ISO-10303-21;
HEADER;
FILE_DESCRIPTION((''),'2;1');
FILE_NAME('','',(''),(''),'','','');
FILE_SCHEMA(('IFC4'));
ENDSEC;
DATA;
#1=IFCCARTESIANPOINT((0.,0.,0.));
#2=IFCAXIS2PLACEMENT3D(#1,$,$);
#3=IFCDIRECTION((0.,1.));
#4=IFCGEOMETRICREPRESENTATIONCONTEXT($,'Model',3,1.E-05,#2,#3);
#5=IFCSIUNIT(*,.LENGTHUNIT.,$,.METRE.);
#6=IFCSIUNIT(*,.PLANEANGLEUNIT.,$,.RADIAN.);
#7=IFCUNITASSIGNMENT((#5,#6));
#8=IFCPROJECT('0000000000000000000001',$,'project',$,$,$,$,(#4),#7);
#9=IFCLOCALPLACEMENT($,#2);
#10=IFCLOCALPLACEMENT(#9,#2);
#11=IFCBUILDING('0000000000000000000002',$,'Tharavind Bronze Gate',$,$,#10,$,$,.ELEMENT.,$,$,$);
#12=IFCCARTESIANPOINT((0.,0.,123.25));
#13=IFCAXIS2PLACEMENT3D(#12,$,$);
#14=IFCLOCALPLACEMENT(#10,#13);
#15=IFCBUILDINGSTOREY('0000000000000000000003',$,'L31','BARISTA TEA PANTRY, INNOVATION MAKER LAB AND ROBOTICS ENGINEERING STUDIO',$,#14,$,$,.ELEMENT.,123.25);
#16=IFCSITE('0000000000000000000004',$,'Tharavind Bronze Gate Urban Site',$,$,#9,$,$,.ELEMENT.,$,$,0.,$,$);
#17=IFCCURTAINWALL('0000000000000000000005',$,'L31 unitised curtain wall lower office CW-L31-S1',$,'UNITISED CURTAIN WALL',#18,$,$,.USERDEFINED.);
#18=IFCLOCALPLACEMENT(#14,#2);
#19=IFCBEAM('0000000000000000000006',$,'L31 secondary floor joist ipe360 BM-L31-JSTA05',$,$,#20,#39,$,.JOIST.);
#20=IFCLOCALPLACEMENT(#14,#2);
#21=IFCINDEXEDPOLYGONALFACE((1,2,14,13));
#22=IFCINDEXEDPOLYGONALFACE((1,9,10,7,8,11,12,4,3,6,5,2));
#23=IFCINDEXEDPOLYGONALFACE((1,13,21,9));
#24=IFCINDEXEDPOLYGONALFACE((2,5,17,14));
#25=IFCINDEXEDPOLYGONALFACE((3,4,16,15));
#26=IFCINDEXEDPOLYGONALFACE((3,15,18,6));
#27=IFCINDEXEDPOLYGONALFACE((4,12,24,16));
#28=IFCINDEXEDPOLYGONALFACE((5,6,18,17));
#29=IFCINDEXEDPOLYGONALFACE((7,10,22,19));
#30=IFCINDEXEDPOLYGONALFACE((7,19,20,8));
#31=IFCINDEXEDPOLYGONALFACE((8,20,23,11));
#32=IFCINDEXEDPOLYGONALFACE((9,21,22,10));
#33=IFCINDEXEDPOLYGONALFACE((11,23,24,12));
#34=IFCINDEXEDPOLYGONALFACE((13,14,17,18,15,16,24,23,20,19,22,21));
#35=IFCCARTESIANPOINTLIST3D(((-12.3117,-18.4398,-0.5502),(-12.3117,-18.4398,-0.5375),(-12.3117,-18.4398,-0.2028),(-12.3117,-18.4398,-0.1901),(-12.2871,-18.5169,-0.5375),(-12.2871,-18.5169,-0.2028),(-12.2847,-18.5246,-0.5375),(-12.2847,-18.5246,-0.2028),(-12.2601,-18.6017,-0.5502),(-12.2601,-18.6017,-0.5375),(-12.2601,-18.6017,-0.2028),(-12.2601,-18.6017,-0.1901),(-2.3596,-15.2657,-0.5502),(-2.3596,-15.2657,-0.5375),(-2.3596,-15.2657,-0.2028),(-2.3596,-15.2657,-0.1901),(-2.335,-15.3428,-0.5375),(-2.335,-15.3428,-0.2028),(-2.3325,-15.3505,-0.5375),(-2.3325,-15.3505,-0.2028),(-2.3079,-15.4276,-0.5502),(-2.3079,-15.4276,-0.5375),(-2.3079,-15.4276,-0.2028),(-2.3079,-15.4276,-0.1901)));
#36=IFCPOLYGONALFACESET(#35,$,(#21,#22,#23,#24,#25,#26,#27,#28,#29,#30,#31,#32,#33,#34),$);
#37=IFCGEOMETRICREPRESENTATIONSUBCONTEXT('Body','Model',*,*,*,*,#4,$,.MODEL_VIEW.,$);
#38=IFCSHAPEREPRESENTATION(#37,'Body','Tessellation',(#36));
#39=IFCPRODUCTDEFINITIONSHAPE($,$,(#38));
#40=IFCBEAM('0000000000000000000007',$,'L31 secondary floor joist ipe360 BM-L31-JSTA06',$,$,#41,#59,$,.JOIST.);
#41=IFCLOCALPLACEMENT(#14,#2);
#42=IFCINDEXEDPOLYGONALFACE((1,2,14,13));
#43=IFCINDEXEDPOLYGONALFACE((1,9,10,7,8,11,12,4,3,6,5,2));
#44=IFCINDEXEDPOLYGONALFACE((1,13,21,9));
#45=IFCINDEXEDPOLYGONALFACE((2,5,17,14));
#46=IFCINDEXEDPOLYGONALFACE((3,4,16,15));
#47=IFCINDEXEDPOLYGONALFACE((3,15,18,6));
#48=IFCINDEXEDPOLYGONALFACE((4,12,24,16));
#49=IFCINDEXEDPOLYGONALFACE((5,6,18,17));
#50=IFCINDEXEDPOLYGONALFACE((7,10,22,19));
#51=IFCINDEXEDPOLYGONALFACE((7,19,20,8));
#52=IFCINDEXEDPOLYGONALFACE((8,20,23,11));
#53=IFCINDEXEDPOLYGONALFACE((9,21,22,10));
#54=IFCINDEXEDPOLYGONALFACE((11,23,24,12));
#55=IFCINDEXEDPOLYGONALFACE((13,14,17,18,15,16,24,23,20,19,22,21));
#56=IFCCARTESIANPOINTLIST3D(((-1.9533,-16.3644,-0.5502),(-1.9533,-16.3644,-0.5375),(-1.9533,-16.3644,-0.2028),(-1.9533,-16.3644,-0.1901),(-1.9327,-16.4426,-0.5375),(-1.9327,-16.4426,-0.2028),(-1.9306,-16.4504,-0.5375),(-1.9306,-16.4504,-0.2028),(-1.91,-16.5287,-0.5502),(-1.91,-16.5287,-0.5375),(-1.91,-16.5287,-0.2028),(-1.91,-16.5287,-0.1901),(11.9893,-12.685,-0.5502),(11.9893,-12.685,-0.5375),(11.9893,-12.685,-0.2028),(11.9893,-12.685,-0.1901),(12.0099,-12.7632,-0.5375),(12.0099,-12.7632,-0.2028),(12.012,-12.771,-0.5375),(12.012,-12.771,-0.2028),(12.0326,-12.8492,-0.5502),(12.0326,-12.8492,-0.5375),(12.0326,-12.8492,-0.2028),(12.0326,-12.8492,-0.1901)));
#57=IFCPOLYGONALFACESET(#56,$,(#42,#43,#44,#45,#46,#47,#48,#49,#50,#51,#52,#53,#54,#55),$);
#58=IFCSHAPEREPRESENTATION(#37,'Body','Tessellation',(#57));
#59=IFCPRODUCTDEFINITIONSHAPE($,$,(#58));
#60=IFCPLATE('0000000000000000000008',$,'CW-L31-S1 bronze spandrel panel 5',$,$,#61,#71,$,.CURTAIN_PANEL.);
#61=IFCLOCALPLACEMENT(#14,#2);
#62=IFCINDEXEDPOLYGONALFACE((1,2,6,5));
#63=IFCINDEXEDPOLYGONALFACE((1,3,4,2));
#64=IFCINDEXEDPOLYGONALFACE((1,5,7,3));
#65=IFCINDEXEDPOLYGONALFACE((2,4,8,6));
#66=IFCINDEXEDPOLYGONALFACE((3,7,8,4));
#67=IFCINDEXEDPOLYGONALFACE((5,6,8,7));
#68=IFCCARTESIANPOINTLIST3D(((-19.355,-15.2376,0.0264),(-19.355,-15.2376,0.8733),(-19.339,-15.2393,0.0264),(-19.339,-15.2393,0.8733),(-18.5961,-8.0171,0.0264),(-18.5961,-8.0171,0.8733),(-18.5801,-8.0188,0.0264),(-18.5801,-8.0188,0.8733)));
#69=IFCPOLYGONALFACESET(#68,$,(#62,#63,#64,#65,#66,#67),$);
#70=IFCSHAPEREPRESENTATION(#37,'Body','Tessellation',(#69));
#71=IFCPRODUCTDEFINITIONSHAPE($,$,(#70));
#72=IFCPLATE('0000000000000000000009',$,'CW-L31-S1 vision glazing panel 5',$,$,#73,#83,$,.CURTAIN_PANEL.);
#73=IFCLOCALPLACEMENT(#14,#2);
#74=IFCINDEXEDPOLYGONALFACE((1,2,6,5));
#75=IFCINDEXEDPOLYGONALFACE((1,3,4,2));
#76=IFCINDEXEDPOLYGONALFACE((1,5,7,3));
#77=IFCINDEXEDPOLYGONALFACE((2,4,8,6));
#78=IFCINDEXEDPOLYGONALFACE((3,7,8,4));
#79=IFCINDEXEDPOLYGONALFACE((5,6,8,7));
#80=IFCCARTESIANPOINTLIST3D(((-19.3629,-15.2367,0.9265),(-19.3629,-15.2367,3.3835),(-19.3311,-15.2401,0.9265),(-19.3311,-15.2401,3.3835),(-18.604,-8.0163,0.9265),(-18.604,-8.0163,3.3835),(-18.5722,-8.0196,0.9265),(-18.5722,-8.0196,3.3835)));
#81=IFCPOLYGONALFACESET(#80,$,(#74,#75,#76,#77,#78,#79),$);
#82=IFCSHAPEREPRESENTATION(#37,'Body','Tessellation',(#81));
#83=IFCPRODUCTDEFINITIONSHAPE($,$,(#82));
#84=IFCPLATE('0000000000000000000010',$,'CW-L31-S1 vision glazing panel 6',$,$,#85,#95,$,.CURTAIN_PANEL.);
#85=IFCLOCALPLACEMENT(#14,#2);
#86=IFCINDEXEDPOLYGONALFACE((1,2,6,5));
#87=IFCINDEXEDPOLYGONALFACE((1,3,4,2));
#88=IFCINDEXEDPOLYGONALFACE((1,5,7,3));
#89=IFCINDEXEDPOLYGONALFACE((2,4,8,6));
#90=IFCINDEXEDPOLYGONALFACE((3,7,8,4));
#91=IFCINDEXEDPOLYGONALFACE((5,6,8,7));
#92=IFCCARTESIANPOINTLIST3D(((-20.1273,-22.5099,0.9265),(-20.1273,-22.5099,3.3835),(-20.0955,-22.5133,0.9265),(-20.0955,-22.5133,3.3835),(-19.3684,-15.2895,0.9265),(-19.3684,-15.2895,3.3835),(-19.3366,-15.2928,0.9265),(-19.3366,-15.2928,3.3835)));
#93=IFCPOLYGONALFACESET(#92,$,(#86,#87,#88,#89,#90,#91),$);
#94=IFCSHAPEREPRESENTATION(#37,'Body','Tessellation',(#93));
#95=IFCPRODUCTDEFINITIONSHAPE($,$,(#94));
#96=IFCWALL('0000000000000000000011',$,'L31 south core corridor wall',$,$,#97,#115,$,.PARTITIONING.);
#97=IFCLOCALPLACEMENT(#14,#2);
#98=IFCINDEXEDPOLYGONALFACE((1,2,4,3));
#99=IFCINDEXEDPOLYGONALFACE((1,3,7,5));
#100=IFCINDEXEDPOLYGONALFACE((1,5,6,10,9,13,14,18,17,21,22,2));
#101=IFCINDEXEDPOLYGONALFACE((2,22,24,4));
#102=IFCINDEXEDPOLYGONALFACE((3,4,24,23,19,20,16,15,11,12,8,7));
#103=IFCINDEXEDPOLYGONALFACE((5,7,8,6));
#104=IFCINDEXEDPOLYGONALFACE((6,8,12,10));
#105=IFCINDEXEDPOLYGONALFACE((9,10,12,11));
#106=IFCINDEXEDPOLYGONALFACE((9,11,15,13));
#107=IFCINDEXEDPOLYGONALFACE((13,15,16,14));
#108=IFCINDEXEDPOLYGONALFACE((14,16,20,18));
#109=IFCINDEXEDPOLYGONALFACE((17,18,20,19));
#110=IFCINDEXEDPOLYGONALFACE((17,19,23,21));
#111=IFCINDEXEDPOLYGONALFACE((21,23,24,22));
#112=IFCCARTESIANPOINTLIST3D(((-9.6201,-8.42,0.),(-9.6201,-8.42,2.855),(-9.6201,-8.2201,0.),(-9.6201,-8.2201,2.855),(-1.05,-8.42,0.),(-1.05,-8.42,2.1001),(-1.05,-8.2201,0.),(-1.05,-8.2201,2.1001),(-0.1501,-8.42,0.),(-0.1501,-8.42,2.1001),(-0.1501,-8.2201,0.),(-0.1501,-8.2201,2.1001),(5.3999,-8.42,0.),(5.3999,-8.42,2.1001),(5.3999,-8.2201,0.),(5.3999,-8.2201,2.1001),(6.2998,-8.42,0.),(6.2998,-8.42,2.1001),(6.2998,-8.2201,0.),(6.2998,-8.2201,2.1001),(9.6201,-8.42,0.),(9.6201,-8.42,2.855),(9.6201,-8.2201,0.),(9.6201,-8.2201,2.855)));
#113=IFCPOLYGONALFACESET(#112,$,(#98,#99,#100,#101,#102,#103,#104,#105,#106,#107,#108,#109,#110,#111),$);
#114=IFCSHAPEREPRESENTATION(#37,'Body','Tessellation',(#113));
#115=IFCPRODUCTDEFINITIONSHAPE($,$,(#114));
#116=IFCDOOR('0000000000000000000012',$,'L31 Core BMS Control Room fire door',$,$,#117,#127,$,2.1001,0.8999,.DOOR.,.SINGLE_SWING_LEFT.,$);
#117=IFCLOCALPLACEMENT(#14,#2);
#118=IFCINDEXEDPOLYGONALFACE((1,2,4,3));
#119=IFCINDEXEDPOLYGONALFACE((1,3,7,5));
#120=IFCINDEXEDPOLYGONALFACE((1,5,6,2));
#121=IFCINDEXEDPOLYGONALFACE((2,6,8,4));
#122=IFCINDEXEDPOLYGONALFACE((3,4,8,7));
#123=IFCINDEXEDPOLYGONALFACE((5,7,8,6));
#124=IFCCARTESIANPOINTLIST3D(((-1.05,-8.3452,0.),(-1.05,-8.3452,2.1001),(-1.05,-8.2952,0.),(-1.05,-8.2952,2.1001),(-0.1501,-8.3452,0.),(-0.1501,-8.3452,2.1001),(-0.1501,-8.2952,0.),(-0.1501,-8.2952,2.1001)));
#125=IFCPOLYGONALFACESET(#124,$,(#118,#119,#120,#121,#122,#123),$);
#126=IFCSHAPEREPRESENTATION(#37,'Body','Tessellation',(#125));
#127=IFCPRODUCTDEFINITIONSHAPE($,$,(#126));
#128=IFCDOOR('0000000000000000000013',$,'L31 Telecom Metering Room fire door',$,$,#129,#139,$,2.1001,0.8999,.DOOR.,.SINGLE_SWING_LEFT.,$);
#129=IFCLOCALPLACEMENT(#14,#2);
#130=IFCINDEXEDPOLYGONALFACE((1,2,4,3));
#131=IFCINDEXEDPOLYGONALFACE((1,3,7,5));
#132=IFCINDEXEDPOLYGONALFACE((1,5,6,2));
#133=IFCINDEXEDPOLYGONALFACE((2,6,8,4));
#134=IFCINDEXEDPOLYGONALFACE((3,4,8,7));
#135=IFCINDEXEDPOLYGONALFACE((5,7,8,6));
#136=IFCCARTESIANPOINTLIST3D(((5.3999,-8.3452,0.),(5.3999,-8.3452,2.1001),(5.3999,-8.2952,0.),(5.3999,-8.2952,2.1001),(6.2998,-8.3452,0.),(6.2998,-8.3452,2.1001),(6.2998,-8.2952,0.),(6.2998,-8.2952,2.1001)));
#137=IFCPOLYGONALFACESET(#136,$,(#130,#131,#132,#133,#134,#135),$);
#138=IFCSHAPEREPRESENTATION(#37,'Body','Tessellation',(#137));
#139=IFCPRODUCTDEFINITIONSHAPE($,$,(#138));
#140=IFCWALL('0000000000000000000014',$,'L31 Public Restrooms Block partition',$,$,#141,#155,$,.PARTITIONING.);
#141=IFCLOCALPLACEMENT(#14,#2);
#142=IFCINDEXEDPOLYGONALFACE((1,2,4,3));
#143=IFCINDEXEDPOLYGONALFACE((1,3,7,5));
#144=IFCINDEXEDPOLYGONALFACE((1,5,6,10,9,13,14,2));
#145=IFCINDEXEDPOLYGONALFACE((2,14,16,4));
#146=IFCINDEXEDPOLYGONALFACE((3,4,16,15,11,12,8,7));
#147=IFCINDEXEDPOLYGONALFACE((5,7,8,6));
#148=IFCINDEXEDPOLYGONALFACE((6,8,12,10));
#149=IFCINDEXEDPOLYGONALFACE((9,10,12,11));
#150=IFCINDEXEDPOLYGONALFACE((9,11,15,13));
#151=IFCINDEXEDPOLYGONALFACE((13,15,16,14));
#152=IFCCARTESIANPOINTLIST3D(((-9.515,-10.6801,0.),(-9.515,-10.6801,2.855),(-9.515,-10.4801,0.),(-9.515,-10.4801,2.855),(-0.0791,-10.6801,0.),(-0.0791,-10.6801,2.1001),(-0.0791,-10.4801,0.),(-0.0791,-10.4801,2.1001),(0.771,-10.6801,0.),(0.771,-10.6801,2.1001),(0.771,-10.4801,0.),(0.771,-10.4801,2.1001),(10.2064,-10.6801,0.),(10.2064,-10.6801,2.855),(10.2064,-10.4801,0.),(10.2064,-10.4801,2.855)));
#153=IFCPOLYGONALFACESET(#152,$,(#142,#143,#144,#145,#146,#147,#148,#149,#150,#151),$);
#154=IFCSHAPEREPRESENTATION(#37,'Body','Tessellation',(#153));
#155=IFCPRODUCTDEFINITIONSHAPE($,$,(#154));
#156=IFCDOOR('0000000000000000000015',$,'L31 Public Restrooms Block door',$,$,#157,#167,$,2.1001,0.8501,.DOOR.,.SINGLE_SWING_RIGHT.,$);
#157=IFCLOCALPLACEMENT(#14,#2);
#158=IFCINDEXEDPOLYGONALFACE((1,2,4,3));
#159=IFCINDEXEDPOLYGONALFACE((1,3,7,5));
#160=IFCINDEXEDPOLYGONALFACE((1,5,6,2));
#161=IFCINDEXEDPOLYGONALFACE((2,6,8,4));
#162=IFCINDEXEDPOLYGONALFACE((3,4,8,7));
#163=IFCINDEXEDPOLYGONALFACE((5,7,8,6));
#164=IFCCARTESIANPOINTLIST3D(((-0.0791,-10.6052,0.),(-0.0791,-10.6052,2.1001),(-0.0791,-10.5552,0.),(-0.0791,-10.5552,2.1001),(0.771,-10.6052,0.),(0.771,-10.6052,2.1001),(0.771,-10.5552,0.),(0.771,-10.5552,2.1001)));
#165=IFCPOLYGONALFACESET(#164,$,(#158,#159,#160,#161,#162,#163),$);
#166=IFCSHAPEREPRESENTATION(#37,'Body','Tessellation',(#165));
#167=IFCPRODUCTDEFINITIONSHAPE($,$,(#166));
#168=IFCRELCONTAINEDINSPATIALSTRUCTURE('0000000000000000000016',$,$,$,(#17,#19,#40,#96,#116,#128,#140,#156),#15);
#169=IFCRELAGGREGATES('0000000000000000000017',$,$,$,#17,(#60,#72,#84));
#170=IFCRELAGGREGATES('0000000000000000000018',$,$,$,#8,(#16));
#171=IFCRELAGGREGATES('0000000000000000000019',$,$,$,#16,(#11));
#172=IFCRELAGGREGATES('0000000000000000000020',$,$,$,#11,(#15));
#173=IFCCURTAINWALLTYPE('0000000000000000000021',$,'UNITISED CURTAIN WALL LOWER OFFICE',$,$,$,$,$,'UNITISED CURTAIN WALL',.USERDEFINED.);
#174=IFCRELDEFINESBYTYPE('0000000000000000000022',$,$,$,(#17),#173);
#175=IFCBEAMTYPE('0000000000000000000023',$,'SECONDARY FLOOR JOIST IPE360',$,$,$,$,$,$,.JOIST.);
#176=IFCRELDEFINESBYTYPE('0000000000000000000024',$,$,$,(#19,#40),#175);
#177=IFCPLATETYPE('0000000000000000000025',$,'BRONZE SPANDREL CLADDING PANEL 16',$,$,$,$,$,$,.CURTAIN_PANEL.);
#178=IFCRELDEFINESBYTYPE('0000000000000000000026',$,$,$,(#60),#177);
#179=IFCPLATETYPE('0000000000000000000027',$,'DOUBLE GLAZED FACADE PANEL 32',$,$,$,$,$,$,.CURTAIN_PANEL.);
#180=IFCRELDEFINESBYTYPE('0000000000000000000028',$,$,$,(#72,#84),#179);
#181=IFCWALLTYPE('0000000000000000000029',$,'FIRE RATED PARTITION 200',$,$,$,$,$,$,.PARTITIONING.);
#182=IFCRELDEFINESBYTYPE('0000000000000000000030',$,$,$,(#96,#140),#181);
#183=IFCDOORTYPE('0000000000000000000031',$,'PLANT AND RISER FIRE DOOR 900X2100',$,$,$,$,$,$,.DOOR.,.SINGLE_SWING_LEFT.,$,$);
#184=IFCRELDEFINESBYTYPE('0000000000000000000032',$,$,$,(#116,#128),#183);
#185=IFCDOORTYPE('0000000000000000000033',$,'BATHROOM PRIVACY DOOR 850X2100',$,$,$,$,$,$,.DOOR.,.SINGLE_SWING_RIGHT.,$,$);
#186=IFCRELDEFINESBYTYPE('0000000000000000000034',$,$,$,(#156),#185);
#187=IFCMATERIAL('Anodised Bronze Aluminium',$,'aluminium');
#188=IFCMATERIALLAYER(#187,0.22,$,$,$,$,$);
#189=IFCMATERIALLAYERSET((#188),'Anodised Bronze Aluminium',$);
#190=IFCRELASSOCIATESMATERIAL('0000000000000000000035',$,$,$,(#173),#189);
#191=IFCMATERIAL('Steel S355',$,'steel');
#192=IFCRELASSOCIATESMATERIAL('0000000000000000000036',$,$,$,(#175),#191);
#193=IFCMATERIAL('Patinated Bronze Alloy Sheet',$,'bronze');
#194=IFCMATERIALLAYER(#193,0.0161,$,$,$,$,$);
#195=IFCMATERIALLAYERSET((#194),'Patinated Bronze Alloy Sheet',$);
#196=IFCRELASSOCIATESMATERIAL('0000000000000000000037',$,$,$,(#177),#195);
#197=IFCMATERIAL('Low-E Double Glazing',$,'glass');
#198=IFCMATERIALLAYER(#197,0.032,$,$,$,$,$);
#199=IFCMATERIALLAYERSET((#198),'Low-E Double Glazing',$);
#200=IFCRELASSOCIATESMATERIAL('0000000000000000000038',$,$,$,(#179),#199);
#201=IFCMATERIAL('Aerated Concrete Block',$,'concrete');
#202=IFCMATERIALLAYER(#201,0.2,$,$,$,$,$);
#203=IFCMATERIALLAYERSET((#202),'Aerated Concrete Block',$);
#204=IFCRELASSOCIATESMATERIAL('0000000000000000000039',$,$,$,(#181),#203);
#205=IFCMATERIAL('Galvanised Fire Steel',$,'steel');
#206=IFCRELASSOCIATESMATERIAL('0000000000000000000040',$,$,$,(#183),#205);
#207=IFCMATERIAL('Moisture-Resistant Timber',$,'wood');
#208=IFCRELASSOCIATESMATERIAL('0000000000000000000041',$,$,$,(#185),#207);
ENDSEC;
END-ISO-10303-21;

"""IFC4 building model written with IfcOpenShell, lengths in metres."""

from ifc_helpers import new_model, si_unit, direction, frame, frame_2d, origin, origin_2d, place, context, subcontext, project, spatial, rectangle, i_section, extrude, material, layer, layer_set, material_profile, profile_set, type_object, element, fill, aggregate, save


model = new_model("IFC4")

# Units and contexts
model_context = context("Model", 3, precision=1e-05, world=origin(), true_north=direction((0.0, 1.0)))
body_context = subcontext(model_context, "Body", "Model", "MODEL_VIEW")
ifc_project = project(units=[si_unit("LENGTHUNIT", "METRE"), si_unit("PLANEANGLEUNIT", "RADIAN")], contexts=[model_context])

# Site, building, storey
site_placement = place(None, origin())
site = spatial("IfcSite", under=ifc_project, at=site_placement, Name="Tharavind Bronze Gate Urban Site", CompositionType="ELEMENT", RefElevation=0.0)
building_placement = place(site_placement, origin())
building = spatial("IfcBuilding", under=site, at=building_placement, Name="Tharavind Bronze Gate", CompositionType="ELEMENT")
storey_placement = place(building_placement, frame((0.0, 0.0, 123.25)))
storey = spatial("IfcBuildingStorey", under=building, at=storey_placement, Name="L31", Description="BARISTA TEA PANTRY, INNOVATION MAKER LAB AND ROBOTICS ENGINEERING STUDIO", CompositionType="ELEMENT", Elevation=123.25)

# Curtain wall
ifc_material_1 = material(Name="Anodised Bronze Aluminium", Category="aluminium")
ifc_layer_1 = layer(ifc_material_1, 0.22)
ifc_layer_set_1 = layer_set([ifc_layer_1], Name="Anodised Bronze Aluminium")
curtain_wall_type = type_object("IfcCurtainWallType", Name="UNITISED CURTAIN WALL LOWER OFFICE", ElementType="UNITISED CURTAIN WALL", PredefinedType="USERDEFINED", material=ifc_layer_set_1)
curtain_wall_placement = place(storey_placement, origin())
curtain_wall = element("IfcCurtainWall", 1, at=curtain_wall_placement, inside=storey, type_object=curtain_wall_type, Name="L31 unitised curtain wall lower office CW-L31-S1", ObjectType="UNITISED CURTAIN WALL", PredefinedType="USERDEFINED")

# Beams
ifc_material_2 = material(Name="Steel S355", Category="steel")
ifc_material_profile_1 = material_profile(ifc_material_2, i_section(OverallWidth=0.1699, OverallDepth=0.3601, WebThickness=0.0081, FlangeThickness=0.0127, at=origin_2d()), Name="IPE360")
ifc_profile_set_1 = profile_set([ifc_material_profile_1], Name="Steel S355")
beam_type_1 = type_object("IfcBeamType", Name="SECONDARY FLOOR JOIST IPE360", PredefinedType="JOIST", material=ifc_profile_set_1)
beam_1_placement = place(storey_placement, frame((-12.2859, -18.5208, -0.3701), z_axis=(0.952719, 0.303854, 0.0), x_axis=(-0.303854, 0.952719, 0.0)))
element("IfcBeam", 2, at=beam_1_placement, inside=storey, type_object=beam_type_1, Name="L31 secondary floor joist ipe360 BM-L31-JSTA05", PredefinedType="JOIST", context=body_context, shape_type="SweptSolid", body=[
    extrude(i_section(OverallWidth=0.1699, OverallDepth=0.3601, WebThickness=0.0081, FlangeThickness=0.0127, at=origin_2d()), origin(), (0.0, 0.0, 1.0), 10.446),
])
beam_2_placement = place(storey_placement, frame((-1.9316, -16.4465, -0.3701), z_axis=(0.966898, 0.255163, 0.0), x_axis=(-0.255163, 0.966898, 0.0)))
element("IfcBeam", 3, at=beam_2_placement, inside=storey, type_object=beam_type_1, Name="L31 secondary floor joist ipe360 BM-L31-JSTA06", PredefinedType="JOIST", context=body_context, shape_type="SweptSolid", body=[
    extrude(i_section(OverallWidth=0.1699, OverallDepth=0.3601, WebThickness=0.0081, FlangeThickness=0.0127, at=origin_2d()), origin(), (0.0, 0.0, 1.0), 14.4199),
])

# Plates
ifc_material_3 = material(Name="Patinated Bronze Alloy Sheet", Category="bronze")
ifc_layer_2 = layer(ifc_material_3, 0.0161)
ifc_layer_set_2 = layer_set([ifc_layer_2], Name="Patinated Bronze Alloy Sheet")
plate_type_1 = type_object("IfcPlateType", Name="BRONZE SPANDREL CLADDING PANEL 16", PredefinedType="CURTAIN_PANEL", material=ifc_layer_set_2)
plate_1_placement = place(storey_placement, frame((-18.9675, -11.6282, 0.0264), z_axis=(0.0, 0.0, 1.0), x_axis=(-0.104527, -0.994522, 0.0)))
plate_1 = element("IfcPlate", 4, at=plate_1_placement, type_object=plate_type_1, Name="CW-L31-S1 bronze spandrel panel 5", PredefinedType="CURTAIN_PANEL", context=body_context, shape_type="SweptSolid", body=[
    extrude(rectangle(XDim=7.2603, YDim=0.0161, at=origin_2d()), origin(), (0.0, 0.0, 1.0), 0.8469),
])
ifc_material_4 = material(Name="Low-E Double Glazing", Category="glass")
ifc_layer_3 = layer(ifc_material_4, 0.032)
ifc_layer_set_3 = layer_set([ifc_layer_3], Name="Low-E Double Glazing")
plate_type_2 = type_object("IfcPlateType", Name="DOUBLE GLAZED FACADE PANEL 32", PredefinedType="CURTAIN_PANEL", material=ifc_layer_set_3)
plate_2_placement = place(storey_placement, frame((-18.9675, -11.6282, 0.9265), z_axis=(0.0, 0.0, 1.0), x_axis=(-0.104527, -0.994522, 0.0)))
plate_2 = element("IfcPlate", 5, at=plate_2_placement, type_object=plate_type_2, Name="CW-L31-S1 vision glazing panel 5", PredefinedType="CURTAIN_PANEL", context=body_context, shape_type="SweptSolid", body=[
    extrude(rectangle(XDim=7.2603, YDim=0.032, at=origin_2d()), origin(), (0.0, 0.0, 1.0), 2.457),
])
plate_3_placement = place(storey_placement, frame((-19.7319, -18.9014, 0.9265), z_axis=(0.0, 0.0, 1.0), x_axis=(-0.104527, -0.994522, 0.0)))
plate_3 = element("IfcPlate", 6, at=plate_3_placement, type_object=plate_type_2, Name="CW-L31-S1 vision glazing panel 6", PredefinedType="CURTAIN_PANEL", context=body_context, shape_type="SweptSolid", body=[
    extrude(rectangle(XDim=7.2603, YDim=0.032, at=origin_2d()), origin(), (0.0, 0.0, 1.0), 2.457),
])
aggregate(curtain_wall, [plate_1, plate_2, plate_3])

# Wall, openings, doors
ifc_material_5 = material(Name="Aerated Concrete Block", Category="concrete")
ifc_layer_4 = layer(ifc_material_5, 0.2)
ifc_layer_set_4 = layer_set([ifc_layer_4], Name="Aerated Concrete Block")
wall_type = type_object("IfcWallType", Name="FIRE RATED PARTITION 200", PredefinedType="PARTITIONING", material=ifc_layer_set_4)
wall_1_placement = place(storey_placement, frame((-9.6201, -8.3201, 0.0), z_axis=(0.0, 0.0, 1.0), x_axis=(1.0, 0.0, 0.0)))
wall_1 = element("IfcWall", 7, at=wall_1_placement, inside=storey, type_object=wall_type, Name="L31 south core corridor wall", PredefinedType="PARTITIONING", context=body_context, shape_type="SweptSolid", body=[
    extrude(rectangle(XDim=19.2402, YDim=0.2, at=frame_2d((9.6201, 0.0))), origin(), (0.0, 0.0, 1.0), 2.855),
])
opening_1_placement = place(wall_1_placement, frame((8.5701, 0.0, 0.0)))
opening_1 = element("IfcOpeningElement", 8, at=opening_1_placement, cuts=wall_1, PredefinedType="OPENING", context=body_context, shape_type="SweptSolid", body=[
    extrude(rectangle(XDim=0.8999, YDim=2.1001, at=frame_2d((0.45, 1.05))), frame((0.0, 0.1101, 0.0), z_axis=(0.0, -1.0, 0.0), x_axis=(1.0, 0.0, 0.0)), (0.0, 0.0, 1.0), 0.22),
])
opening_2_placement = place(wall_1_placement, frame((15.02, 0.0, 0.0)))
opening_2 = element("IfcOpeningElement", 9, at=opening_2_placement, cuts=wall_1, PredefinedType="OPENING", context=body_context, shape_type="SweptSolid", body=[
    extrude(rectangle(XDim=0.8999, YDim=2.1001, at=frame_2d((0.45, 1.05))), frame((0.0, 0.1101, 0.0), z_axis=(0.0, -1.0, 0.0), x_axis=(1.0, 0.0, 0.0)), (0.0, 0.0, 1.0), 0.22),
])
ifc_material_6 = material(Name="Galvanised Fire Steel", Category="steel")
door_type_1 = type_object("IfcDoorType", Name="PLANT AND RISER FIRE DOOR 900X2100", OperationType="SINGLE_SWING_LEFT", PredefinedType="DOOR", material=ifc_material_6)
door_1_placement = place(opening_1_placement, origin())
door_1 = element("IfcDoor", 10, at=door_1_placement, inside=storey, type_object=door_type_1, Name="L31 Core BMS Control Room fire door", OperationType="SINGLE_SWING_LEFT", OverallHeight=2.1001, OverallWidth=0.8999, PredefinedType="DOOR", context=body_context, shape_type="SweptSolid", body=[
    extrude(rectangle(XDim=0.8999, YDim=2.1001, at=frame_2d((0.45, 1.05))), frame((0.0, 0.0249, 0.0), z_axis=(0.0, -1.0, 0.0), x_axis=(1.0, 0.0, 0.0)), (0.0, 0.0, 1.0), 0.05),
])
fill(opening_1, door_1)
door_2_placement = place(opening_2_placement, origin())
door_2 = element("IfcDoor", 11, at=door_2_placement, inside=storey, type_object=door_type_1, Name="L31 Telecom Metering Room fire door", OperationType="SINGLE_SWING_LEFT", OverallHeight=2.1001, OverallWidth=0.8999, PredefinedType="DOOR", context=body_context, shape_type="SweptSolid", body=[
    extrude(rectangle(XDim=0.8999, YDim=2.1001, at=frame_2d((0.45, 1.05))), frame((0.0, 0.0249, 0.0), z_axis=(0.0, -1.0, 0.0), x_axis=(1.0, 0.0, 0.0)), (0.0, 0.0, 1.0), 0.05),
])
fill(opening_2, door_2)

# Wall, opening, door
wall_2_placement = place(storey_placement, frame((-9.5151, -10.5801, 0.0), z_axis=(0.0, 0.0, 1.0), x_axis=(1.0, 0.0, 0.0)))
wall_2 = element("IfcWall", 12, at=wall_2_placement, inside=storey, type_object=wall_type, Name="L31 Public Restrooms Block partition", PredefinedType="PARTITIONING", context=body_context, shape_type="SweptSolid", body=[
    extrude(rectangle(XDim=19.7214, YDim=0.2, at=frame_2d((9.8608, 0.0))), origin(), (0.0, 0.0, 1.0), 2.855),
])
opening_3_placement = place(wall_2_placement, frame((9.436, 0.0, 0.0)))
opening_3 = element("IfcOpeningElement", 13, at=opening_3_placement, cuts=wall_2, PredefinedType="OPENING", context=body_context, shape_type="SweptSolid", body=[
    extrude(rectangle(XDim=0.8501, YDim=2.1001, at=frame_2d((0.425, 1.05))), frame((0.0, 0.1101, 0.0), z_axis=(0.0, -1.0, 0.0), x_axis=(1.0, 0.0, 0.0)), (0.0, 0.0, 1.0), 0.22),
])
ifc_material_7 = material(Name="Moisture-Resistant Timber", Category="wood")
door_type_2 = type_object("IfcDoorType", Name="BATHROOM PRIVACY DOOR 850X2100", OperationType="SINGLE_SWING_RIGHT", PredefinedType="DOOR", material=ifc_material_7)
door_3_placement = place(opening_3_placement, origin())
door_3 = element("IfcDoor", 14, at=door_3_placement, inside=storey, type_object=door_type_2, Name="L31 Public Restrooms Block door", OperationType="SINGLE_SWING_RIGHT", OverallHeight=2.1001, OverallWidth=0.8501, PredefinedType="DOOR", context=body_context, shape_type="SweptSolid", body=[
    extrude(rectangle(XDim=0.8501, YDim=2.1001, at=frame_2d((0.425, 1.05))), frame((0.0, 0.0249, 0.0), z_axis=(0.0, -1.0, 0.0), x_axis=(1.0, 0.0, 0.0)), (0.0, 0.0, 1.0), 0.05),
])
fill(opening_3, door_3)

save(model, "model.ifc")
